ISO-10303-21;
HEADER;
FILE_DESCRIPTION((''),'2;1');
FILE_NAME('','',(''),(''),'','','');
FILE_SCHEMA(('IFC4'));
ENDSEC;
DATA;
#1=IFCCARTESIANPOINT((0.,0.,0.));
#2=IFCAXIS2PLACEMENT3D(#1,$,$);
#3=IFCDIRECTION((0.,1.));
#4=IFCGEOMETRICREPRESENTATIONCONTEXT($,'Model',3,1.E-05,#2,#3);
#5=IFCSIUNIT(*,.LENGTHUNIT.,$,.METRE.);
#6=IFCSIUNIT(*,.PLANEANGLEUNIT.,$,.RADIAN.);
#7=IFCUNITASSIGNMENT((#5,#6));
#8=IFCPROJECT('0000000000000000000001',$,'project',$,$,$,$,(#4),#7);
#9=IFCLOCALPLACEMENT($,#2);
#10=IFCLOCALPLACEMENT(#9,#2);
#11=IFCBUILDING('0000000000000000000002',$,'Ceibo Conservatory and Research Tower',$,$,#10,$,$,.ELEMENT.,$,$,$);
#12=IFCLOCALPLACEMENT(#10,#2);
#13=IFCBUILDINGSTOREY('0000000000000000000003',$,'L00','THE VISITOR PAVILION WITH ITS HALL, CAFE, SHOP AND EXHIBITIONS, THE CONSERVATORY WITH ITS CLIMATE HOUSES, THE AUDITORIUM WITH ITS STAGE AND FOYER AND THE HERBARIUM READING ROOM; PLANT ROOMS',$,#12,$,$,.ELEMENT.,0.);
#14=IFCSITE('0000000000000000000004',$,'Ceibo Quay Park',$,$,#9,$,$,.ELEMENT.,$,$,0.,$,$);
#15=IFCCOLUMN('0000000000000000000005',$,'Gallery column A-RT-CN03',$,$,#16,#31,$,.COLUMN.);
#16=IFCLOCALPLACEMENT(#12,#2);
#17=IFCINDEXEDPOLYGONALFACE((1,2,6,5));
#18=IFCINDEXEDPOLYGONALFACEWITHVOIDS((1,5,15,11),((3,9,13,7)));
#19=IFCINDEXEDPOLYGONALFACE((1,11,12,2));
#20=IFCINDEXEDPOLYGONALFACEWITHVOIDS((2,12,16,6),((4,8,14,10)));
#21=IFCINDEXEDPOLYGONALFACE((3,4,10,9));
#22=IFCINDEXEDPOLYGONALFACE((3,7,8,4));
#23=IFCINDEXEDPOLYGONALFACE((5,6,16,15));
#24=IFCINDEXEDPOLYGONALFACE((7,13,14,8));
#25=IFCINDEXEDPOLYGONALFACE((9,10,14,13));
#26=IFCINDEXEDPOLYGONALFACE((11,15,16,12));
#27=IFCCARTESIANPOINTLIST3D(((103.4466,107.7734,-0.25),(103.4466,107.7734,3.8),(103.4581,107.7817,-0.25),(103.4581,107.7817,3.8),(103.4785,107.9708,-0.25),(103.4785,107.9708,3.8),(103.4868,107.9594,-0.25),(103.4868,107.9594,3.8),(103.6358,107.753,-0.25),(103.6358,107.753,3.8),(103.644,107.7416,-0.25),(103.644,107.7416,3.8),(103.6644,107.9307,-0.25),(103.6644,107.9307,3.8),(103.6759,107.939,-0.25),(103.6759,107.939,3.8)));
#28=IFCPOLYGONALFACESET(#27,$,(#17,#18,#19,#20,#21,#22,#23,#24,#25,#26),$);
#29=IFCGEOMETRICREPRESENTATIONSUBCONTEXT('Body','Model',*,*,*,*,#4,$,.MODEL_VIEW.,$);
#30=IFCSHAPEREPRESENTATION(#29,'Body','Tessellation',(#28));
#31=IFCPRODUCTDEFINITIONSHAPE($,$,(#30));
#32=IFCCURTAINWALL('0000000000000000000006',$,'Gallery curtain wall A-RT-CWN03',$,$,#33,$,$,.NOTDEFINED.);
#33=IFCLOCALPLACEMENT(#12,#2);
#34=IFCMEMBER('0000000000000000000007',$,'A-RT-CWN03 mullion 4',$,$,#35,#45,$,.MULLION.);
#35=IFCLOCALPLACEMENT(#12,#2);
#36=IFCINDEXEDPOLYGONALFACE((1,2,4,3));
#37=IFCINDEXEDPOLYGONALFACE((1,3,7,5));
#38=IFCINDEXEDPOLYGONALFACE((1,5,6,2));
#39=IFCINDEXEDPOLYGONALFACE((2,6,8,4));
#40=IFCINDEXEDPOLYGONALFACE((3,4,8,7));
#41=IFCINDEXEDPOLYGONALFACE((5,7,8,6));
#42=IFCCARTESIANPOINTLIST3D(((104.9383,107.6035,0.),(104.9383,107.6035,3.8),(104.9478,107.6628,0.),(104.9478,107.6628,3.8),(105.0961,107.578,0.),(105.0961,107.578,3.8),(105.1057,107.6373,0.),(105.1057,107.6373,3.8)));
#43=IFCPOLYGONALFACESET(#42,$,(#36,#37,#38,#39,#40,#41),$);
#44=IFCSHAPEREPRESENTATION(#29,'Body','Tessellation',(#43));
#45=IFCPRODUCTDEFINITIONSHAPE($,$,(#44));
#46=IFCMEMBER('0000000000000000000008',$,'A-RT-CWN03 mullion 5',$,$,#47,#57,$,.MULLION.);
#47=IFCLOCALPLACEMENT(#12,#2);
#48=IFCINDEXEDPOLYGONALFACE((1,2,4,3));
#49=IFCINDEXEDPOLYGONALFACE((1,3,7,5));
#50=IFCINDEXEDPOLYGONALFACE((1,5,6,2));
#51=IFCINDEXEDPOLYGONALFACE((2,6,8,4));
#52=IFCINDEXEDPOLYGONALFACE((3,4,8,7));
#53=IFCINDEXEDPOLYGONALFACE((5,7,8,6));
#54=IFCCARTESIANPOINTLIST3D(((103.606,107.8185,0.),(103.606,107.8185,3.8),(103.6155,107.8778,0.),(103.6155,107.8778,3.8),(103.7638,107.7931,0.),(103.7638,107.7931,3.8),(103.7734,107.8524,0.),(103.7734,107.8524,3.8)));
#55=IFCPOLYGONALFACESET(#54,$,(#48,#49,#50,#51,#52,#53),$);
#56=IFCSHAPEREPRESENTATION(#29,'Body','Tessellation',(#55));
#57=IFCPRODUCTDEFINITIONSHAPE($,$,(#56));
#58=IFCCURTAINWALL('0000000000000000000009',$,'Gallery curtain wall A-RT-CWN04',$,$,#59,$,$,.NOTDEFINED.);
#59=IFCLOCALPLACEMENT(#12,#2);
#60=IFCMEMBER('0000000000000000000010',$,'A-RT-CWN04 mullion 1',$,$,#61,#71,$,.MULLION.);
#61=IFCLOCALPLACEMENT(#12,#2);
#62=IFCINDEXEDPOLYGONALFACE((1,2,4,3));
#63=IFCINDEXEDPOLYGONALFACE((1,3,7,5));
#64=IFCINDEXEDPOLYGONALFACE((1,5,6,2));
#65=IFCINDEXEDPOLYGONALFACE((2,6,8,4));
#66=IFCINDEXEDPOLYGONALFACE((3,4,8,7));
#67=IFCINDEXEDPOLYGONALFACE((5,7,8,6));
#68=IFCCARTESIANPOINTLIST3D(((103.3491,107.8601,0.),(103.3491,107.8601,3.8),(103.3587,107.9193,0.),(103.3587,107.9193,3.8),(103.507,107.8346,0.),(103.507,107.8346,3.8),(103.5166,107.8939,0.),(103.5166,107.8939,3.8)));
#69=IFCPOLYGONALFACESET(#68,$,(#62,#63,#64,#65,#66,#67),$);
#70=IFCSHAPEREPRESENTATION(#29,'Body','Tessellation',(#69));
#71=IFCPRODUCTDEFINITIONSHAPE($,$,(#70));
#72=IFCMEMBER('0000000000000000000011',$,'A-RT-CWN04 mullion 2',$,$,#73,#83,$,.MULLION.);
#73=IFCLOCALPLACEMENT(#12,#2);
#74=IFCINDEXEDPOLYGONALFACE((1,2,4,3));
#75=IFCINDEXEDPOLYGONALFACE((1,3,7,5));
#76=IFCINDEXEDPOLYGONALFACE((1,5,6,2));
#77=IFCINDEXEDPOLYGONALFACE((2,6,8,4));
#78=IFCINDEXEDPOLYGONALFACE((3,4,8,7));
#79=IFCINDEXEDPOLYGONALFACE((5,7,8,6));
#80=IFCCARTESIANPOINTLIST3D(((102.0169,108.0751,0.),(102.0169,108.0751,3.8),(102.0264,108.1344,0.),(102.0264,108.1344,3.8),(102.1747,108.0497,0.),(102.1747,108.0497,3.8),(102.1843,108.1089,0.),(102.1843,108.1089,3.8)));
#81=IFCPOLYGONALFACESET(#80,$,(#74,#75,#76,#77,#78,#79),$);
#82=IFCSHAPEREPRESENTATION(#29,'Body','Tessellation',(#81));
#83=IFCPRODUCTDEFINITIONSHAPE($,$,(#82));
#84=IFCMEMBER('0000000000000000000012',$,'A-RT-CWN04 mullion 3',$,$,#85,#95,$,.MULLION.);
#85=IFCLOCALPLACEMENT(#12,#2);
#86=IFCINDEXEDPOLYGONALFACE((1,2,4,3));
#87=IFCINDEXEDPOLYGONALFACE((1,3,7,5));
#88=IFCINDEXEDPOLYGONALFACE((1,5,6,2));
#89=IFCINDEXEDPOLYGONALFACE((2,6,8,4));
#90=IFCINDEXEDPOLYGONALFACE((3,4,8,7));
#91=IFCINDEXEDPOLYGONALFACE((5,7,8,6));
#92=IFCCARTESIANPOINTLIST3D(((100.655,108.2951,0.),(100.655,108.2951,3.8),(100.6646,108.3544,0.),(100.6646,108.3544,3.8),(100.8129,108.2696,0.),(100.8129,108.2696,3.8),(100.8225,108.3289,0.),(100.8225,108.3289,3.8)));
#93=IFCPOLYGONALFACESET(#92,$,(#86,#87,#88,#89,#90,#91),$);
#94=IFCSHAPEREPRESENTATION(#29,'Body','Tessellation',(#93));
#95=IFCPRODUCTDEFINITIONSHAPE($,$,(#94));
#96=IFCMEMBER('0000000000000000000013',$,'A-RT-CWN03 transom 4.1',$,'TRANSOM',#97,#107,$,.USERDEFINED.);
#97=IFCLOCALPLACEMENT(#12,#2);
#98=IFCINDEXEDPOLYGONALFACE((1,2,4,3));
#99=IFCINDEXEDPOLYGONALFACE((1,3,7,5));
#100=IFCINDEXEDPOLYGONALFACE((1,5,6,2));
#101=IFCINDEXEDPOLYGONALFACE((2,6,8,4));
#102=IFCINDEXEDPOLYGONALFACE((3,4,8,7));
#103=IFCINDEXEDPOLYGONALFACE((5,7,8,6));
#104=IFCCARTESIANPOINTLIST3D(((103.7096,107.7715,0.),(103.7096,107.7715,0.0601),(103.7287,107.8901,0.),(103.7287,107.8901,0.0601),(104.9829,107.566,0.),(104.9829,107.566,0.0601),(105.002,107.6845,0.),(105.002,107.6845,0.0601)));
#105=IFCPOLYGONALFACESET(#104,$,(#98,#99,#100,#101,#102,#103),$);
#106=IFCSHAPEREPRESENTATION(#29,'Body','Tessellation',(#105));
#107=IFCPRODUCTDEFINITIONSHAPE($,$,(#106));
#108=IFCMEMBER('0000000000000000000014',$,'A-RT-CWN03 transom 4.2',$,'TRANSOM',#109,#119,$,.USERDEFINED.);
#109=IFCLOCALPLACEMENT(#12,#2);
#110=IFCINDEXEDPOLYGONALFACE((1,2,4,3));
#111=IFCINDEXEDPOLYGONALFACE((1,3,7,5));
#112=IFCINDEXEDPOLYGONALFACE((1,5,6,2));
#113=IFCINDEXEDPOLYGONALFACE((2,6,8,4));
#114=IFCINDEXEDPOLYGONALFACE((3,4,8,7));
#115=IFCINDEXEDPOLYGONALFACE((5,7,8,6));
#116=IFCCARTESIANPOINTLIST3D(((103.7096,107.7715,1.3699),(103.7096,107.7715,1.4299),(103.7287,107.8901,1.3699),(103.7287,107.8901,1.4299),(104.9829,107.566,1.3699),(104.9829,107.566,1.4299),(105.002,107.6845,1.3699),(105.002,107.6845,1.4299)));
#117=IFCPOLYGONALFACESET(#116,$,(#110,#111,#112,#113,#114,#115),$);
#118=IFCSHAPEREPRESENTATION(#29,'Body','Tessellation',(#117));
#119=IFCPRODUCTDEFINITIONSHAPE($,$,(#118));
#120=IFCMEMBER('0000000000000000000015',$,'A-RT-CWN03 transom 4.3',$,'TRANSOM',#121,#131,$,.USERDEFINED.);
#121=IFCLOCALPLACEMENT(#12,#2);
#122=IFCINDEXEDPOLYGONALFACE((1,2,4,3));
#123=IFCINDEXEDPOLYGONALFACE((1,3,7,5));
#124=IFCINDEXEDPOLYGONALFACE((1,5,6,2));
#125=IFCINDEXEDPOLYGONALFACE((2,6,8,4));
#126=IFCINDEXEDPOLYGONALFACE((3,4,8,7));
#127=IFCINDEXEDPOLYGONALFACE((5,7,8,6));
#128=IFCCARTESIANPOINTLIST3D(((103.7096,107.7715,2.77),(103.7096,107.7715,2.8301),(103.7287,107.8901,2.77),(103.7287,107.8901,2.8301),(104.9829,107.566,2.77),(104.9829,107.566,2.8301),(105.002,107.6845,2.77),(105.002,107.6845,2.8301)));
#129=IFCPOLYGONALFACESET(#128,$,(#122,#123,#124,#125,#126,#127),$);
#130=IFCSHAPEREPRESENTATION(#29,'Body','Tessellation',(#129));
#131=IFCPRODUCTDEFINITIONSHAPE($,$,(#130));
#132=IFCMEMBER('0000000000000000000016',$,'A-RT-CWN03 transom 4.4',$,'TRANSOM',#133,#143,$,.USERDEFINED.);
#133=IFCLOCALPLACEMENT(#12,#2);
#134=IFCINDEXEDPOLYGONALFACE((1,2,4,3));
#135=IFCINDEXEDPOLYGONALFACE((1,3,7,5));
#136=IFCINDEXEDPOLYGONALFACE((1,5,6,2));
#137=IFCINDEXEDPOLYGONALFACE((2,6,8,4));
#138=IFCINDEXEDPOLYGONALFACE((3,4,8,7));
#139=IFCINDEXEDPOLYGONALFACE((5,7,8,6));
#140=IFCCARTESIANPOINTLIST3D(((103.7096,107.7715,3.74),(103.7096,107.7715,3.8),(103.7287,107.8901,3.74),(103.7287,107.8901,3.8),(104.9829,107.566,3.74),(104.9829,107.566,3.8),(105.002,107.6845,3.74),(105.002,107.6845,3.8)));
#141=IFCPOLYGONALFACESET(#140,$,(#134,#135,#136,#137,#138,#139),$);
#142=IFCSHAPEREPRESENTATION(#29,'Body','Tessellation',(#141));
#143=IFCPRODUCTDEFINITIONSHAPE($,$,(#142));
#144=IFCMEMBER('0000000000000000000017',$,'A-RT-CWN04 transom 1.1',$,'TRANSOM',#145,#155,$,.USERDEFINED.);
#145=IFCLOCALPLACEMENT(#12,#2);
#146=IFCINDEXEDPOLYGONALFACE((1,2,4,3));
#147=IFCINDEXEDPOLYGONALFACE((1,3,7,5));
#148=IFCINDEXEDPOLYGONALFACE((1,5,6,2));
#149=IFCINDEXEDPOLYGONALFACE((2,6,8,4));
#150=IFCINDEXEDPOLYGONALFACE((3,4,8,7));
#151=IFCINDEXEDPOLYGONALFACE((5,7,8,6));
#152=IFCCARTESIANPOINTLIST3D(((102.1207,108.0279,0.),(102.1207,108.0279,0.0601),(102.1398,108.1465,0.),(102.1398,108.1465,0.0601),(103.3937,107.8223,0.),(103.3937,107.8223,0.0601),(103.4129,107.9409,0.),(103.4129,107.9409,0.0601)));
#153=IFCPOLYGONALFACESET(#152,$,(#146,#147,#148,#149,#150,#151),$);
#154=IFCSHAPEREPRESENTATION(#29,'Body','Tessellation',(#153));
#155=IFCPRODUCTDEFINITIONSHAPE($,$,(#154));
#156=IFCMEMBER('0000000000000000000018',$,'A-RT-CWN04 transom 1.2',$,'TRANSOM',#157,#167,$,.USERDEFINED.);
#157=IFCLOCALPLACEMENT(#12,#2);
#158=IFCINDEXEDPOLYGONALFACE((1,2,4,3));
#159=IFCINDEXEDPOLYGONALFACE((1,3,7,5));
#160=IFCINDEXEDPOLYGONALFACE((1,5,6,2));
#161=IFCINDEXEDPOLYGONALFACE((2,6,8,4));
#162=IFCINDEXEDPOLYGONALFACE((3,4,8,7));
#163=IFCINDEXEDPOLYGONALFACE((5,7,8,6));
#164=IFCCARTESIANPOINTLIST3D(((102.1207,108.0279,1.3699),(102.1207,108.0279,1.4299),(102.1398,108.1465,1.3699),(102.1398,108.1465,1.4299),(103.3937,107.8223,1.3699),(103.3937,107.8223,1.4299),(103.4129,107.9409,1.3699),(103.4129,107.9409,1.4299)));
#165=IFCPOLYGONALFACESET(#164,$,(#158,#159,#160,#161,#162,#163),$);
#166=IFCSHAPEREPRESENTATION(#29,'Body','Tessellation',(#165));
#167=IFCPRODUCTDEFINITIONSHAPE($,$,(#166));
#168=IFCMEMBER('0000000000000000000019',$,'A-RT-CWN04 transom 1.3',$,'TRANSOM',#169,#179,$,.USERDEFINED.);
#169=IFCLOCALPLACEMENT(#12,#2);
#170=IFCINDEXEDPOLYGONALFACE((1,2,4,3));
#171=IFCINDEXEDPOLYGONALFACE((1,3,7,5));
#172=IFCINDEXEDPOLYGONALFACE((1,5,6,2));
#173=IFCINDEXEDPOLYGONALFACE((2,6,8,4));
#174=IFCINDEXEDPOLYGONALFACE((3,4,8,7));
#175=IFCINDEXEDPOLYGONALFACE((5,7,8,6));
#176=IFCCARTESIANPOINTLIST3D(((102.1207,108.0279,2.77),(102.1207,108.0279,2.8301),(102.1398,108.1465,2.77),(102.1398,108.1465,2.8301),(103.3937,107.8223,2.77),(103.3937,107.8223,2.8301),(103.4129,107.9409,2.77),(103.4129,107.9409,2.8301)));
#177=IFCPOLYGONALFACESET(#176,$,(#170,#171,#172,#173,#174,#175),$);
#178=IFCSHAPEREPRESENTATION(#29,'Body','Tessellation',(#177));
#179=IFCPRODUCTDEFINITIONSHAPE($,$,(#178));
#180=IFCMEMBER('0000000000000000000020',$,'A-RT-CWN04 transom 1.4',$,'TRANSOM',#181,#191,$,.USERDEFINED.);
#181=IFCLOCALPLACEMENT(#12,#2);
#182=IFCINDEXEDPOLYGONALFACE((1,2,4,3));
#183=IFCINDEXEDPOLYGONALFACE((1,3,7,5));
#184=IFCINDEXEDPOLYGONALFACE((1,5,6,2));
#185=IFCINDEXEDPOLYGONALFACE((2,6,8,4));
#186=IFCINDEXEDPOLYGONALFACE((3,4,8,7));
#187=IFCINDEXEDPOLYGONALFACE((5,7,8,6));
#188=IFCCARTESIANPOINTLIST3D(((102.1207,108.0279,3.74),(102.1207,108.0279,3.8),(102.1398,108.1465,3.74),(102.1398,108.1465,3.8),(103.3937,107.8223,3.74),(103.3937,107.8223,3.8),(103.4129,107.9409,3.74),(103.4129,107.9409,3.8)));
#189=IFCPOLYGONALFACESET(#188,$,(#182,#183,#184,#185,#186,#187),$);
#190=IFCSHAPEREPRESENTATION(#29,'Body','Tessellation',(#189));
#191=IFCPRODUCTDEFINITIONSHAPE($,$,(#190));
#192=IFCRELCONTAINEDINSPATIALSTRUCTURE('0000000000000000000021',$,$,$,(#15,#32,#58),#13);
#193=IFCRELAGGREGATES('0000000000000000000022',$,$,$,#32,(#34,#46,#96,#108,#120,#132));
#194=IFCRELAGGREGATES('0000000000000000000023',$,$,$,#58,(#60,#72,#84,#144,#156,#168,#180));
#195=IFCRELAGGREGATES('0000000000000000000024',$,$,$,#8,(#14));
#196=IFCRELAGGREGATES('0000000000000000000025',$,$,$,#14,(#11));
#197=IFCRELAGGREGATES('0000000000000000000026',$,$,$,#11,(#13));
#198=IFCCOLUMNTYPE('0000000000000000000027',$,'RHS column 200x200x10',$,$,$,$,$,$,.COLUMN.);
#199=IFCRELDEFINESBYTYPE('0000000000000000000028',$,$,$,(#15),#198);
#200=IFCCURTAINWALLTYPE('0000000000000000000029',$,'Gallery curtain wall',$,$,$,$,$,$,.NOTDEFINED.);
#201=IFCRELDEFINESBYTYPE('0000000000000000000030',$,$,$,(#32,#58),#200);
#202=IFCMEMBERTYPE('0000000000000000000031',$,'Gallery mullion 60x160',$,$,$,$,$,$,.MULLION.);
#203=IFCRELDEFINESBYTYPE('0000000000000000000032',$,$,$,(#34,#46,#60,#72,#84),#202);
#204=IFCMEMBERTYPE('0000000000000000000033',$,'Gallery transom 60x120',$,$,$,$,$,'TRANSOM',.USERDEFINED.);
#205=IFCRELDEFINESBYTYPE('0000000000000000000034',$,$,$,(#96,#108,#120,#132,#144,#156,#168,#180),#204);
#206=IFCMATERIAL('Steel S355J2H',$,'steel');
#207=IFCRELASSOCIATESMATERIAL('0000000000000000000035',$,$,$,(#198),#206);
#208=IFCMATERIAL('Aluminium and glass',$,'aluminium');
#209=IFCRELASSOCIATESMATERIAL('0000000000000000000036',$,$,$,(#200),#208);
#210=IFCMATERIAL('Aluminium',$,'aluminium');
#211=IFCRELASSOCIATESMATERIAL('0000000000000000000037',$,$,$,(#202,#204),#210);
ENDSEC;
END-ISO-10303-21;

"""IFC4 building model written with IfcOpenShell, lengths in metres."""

from ifc_helpers import new_model, si_unit, direction, frame, origin, origin_2d, place, context, subcontext, project, spatial, rectangle, hollow_rectangle, extrude, material, material_profile, profile_set, type_object, element, aggregate, save


model = new_model("IFC4")

# Units and contexts
model_context = context("Model", 3, precision=1e-05, world=origin(), true_north=direction((0.0, 1.0)))
body_context = subcontext(model_context, "Body", "Model", "MODEL_VIEW")
ifc_project = project(units=[si_unit("LENGTHUNIT", "METRE"), si_unit("PLANEANGLEUNIT", "RADIAN")], contexts=[model_context])

# Site, building, storey
site_placement = place(None, origin())
site = spatial("IfcSite", under=ifc_project, at=site_placement, Name="Ceibo Quay Park", CompositionType="ELEMENT", RefElevation=0.0)
building_placement = place(site_placement, origin())
building = spatial("IfcBuilding", under=site, at=building_placement, Name="Ceibo Conservatory and Research Tower", CompositionType="ELEMENT")
storey_placement = place(building_placement, origin())
storey = spatial("IfcBuildingStorey", under=building, at=storey_placement, Name="L00", Description="THE VISITOR PAVILION WITH ITS HALL, CAFE, SHOP AND EXHIBITIONS, THE CONSERVATORY WITH ITS CLIMATE HOUSES, THE AUDITORIUM WITH ITS STAGE AND FOYER AND THE HERBARIUM READING ROOM; PLANT ROOMS", CompositionType="ELEMENT", Elevation=0.0)

# Column
ifc_material_1 = material(Name="Steel S355J2H", Category="steel")
ifc_material_profile_1 = material_profile(ifc_material_1, hollow_rectangle(XDim=0.2, YDim=0.2, WallThickness=0.01, at=origin_2d()), Name="RHS column 200x200x10")
ifc_profile_set_1 = profile_set([ifc_material_profile_1], Name="Steel S355J2H")
column_type = type_object("IfcColumnType", Name="RHS column 200x200x10", PredefinedType="COLUMN", material=ifc_profile_set_1)
column_placement = place(storey_placement, frame((103.5613, 107.8562, -0.25), z_axis=(0.0, 0.0, 1.0), x_axis=(-0.987216, 0.159391, 0.0)))
element("IfcColumn", 1, at=column_placement, inside=storey, type_object=column_type, Name="Gallery column A-RT-CN03", PredefinedType="COLUMN", context=body_context, shape_type="SweptSolid", body=[
    extrude(hollow_rectangle(XDim=0.2, YDim=0.2, WallThickness=0.01, at=origin_2d()), origin(), (0.0, 0.0, 1.0), 4.05),
])

# Curtain walls, members
ifc_material_2 = material(Name="Aluminium and glass", Category="aluminium")
curtain_wall_type = type_object("IfcCurtainWallType", Name="Gallery curtain wall", PredefinedType="NOTDEFINED", material=ifc_material_2)
curtain_wall_1_placement = place(storey_placement, origin())
curtain_wall_1 = element("IfcCurtainWall", 2, at=curtain_wall_1_placement, inside=storey, type_object=curtain_wall_type, Name="Gallery curtain wall A-RT-CWN03", PredefinedType="NOTDEFINED")
ifc_material_3 = material(Name="Aluminium", Category="aluminium")
ifc_material_profile_2 = material_profile(ifc_material_3, rectangle(XDim=0.0601, YDim=0.1599, at=origin_2d()), Name="AL 60x160")
ifc_profile_set_2 = profile_set([ifc_material_profile_2], Name="Aluminium")
member_type_1 = type_object("IfcMemberType", Name="Gallery mullion 60x160", PredefinedType="MULLION", material=ifc_profile_set_2)
member_1_placement = place(storey_placement, frame((105.022, 107.6204, 0.0), z_axis=(0.0, 0.0, 1.0), x_axis=(-0.159391, -0.987216, 0.0)))
member_1 = element("IfcMember", 3, at=member_1_placement, type_object=member_type_1, Name="A-RT-CWN03 mullion 4", PredefinedType="MULLION", context=body_context, shape_type="SweptSolid", body=[
    extrude(rectangle(XDim=0.0601, YDim=0.1599, at=origin_2d()), origin(), (0.0, 0.0, 1.0), 3.8),
])
member_2_placement = place(storey_placement, frame((103.6897, 107.8354, 0.0), z_axis=(0.0, 0.0, 1.0), x_axis=(-0.159391, -0.987216, 0.0)))
member_2 = element("IfcMember", 4, at=member_2_placement, type_object=member_type_1, Name="A-RT-CWN03 mullion 5", PredefinedType="MULLION", context=body_context, shape_type="SweptSolid", body=[
    extrude(rectangle(XDim=0.0601, YDim=0.1599, at=origin_2d()), origin(), (0.0, 0.0, 1.0), 3.8),
])
curtain_wall_2_placement = place(storey_placement, origin())
curtain_wall_2 = element("IfcCurtainWall", 5, at=curtain_wall_2_placement, inside=storey, type_object=curtain_wall_type, Name="Gallery curtain wall A-RT-CWN04", PredefinedType="NOTDEFINED")
member_3_placement = place(storey_placement, frame((103.4329, 107.877, 0.0), z_axis=(0.0, 0.0, 1.0), x_axis=(-0.159391, -0.987216, 0.0)))
member_3 = element("IfcMember", 6, at=member_3_placement, type_object=member_type_1, Name="A-RT-CWN04 mullion 1", PredefinedType="MULLION", context=body_context, shape_type="SweptSolid", body=[
    extrude(rectangle(XDim=0.0601, YDim=0.1599, at=origin_2d()), origin(), (0.0, 0.0, 1.0), 3.8),
])
member_4_placement = place(storey_placement, frame((102.1006, 108.092, 0.0), z_axis=(0.0, 0.0, 1.0), x_axis=(-0.159391, -0.987216, 0.0)))
member_4 = element("IfcMember", 7, at=member_4_placement, type_object=member_type_1, Name="A-RT-CWN04 mullion 2", PredefinedType="MULLION", context=body_context, shape_type="SweptSolid", body=[
    extrude(rectangle(XDim=0.0601, YDim=0.1599, at=origin_2d()), origin(), (0.0, 0.0, 1.0), 3.8),
])
member_5_placement = place(storey_placement, frame((100.7388, 108.312, 0.0), z_axis=(0.0, 0.0, 1.0), x_axis=(-0.159391, -0.987216, 0.0)))
member_5 = element("IfcMember", 8, at=member_5_placement, type_object=member_type_1, Name="A-RT-CWN04 mullion 3", PredefinedType="MULLION", context=body_context, shape_type="SweptSolid", body=[
    extrude(rectangle(XDim=0.0601, YDim=0.1599, at=origin_2d()), origin(), (0.0, 0.0, 1.0), 3.8),
])

# Members
ifc_material_profile_3 = material_profile(ifc_material_3, rectangle(XDim=0.1201, YDim=0.0601, at=origin_2d()), Name="AL 60x120")
ifc_profile_set_3 = profile_set([ifc_material_profile_3], Name="Aluminium")
member_type_2 = type_object("IfcMemberType", Name="Gallery transom 60x120", ElementType="TRANSOM", PredefinedType="USERDEFINED", material=ifc_profile_set_3)
member_6_placement = place(storey_placement, frame((104.9924, 107.6252, 0.03), z_axis=(-0.987215, 0.159393, 0.0), x_axis=(-0.159393, -0.987215, 0.0)))
member_6 = element("IfcMember", 9, at=member_6_placement, type_object=member_type_2, Name="A-RT-CWN03 transom 4.1", ObjectType="TRANSOM", PredefinedType="USERDEFINED", context=body_context, shape_type="SweptSolid", body=[
    extrude(rectangle(XDim=0.1201, YDim=0.0601, at=origin_2d()), origin(), (0.0, 0.0, 1.0), 1.2898),
])
member_7_placement = place(storey_placement, frame((104.9924, 107.6252, 1.3999), z_axis=(-0.987215, 0.159393, 0.0), x_axis=(-0.159393, -0.987215, 0.0)))
member_7 = element("IfcMember", 10, at=member_7_placement, type_object=member_type_2, Name="A-RT-CWN03 transom 4.2", ObjectType="TRANSOM", PredefinedType="USERDEFINED", context=body_context, shape_type="SweptSolid", body=[
    extrude(rectangle(XDim=0.1201, YDim=0.0601, at=origin_2d()), origin(), (0.0, 0.0, 1.0), 1.2898),
])
member_8_placement = place(storey_placement, frame((104.9924, 107.6252, 2.8), z_axis=(-0.987215, 0.159393, 0.0), x_axis=(-0.159393, -0.987215, 0.0)))
member_8 = element("IfcMember", 11, at=member_8_placement, type_object=member_type_2, Name="A-RT-CWN03 transom 4.3", ObjectType="TRANSOM", PredefinedType="USERDEFINED", context=body_context, shape_type="SweptSolid", body=[
    extrude(rectangle(XDim=0.1201, YDim=0.0601, at=origin_2d()), origin(), (0.0, 0.0, 1.0), 1.2898),
])
member_9_placement = place(storey_placement, frame((104.9924, 107.6252, 3.77), z_axis=(-0.987215, 0.159393, 0.0), x_axis=(-0.159393, -0.987215, 0.0)))
member_9 = element("IfcMember", 12, at=member_9_placement, type_object=member_type_2, Name="A-RT-CWN03 transom 4.4", ObjectType="TRANSOM", PredefinedType="USERDEFINED", context=body_context, shape_type="SweptSolid", body=[
    extrude(rectangle(XDim=0.1201, YDim=0.0601, at=origin_2d()), origin(), (0.0, 0.0, 1.0), 1.2898),
])
member_10_placement = place(storey_placement, frame((103.4033, 107.8816, 0.03), z_axis=(-0.98721, 0.159423, 0.0), x_axis=(-0.159423, -0.98721, 0.0)))
member_10 = element("IfcMember", 13, at=member_10_placement, type_object=member_type_2, Name="A-RT-CWN04 transom 1.1", ObjectType="TRANSOM", PredefinedType="USERDEFINED", context=body_context, shape_type="SweptSolid", body=[
    extrude(rectangle(XDim=0.1201, YDim=0.0601, at=origin_2d()), origin(), (0.0, 0.0, 1.0), 1.2896),
])
member_11_placement = place(storey_placement, frame((103.4033, 107.8816, 1.3999), z_axis=(-0.98721, 0.159423, 0.0), x_axis=(-0.159423, -0.98721, 0.0)))
member_11 = element("IfcMember", 14, at=member_11_placement, type_object=member_type_2, Name="A-RT-CWN04 transom 1.2", ObjectType="TRANSOM", PredefinedType="USERDEFINED", context=body_context, shape_type="SweptSolid", body=[
    extrude(rectangle(XDim=0.1201, YDim=0.0601, at=origin_2d()), origin(), (0.0, 0.0, 1.0), 1.2896),
])
member_12_placement = place(storey_placement, frame((103.4033, 107.8816, 2.8), z_axis=(-0.98721, 0.159423, 0.0), x_axis=(-0.159423, -0.98721, 0.0)))
member_12 = element("IfcMember", 15, at=member_12_placement, type_object=member_type_2, Name="A-RT-CWN04 transom 1.3", ObjectType="TRANSOM", PredefinedType="USERDEFINED", context=body_context, shape_type="SweptSolid", body=[
    extrude(rectangle(XDim=0.1201, YDim=0.0601, at=origin_2d()), origin(), (0.0, 0.0, 1.0), 1.2896),
])
member_13_placement = place(storey_placement, frame((103.4033, 107.8816, 3.77), z_axis=(-0.98721, 0.159423, 0.0), x_axis=(-0.159423, -0.98721, 0.0)))
member_13 = element("IfcMember", 16, at=member_13_placement, type_object=member_type_2, Name="A-RT-CWN04 transom 1.4", ObjectType="TRANSOM", PredefinedType="USERDEFINED", context=body_context, shape_type="SweptSolid", body=[
    extrude(rectangle(XDim=0.1201, YDim=0.0601, at=origin_2d()), origin(), (0.0, 0.0, 1.0), 1.2896),
])

aggregate(curtain_wall_1, [member_1, member_2, member_6, member_7, member_8, member_9])
aggregate(curtain_wall_2, [member_3, member_4, member_5, member_10, member_11, member_12, member_13])

save(model, "model.ifc")
